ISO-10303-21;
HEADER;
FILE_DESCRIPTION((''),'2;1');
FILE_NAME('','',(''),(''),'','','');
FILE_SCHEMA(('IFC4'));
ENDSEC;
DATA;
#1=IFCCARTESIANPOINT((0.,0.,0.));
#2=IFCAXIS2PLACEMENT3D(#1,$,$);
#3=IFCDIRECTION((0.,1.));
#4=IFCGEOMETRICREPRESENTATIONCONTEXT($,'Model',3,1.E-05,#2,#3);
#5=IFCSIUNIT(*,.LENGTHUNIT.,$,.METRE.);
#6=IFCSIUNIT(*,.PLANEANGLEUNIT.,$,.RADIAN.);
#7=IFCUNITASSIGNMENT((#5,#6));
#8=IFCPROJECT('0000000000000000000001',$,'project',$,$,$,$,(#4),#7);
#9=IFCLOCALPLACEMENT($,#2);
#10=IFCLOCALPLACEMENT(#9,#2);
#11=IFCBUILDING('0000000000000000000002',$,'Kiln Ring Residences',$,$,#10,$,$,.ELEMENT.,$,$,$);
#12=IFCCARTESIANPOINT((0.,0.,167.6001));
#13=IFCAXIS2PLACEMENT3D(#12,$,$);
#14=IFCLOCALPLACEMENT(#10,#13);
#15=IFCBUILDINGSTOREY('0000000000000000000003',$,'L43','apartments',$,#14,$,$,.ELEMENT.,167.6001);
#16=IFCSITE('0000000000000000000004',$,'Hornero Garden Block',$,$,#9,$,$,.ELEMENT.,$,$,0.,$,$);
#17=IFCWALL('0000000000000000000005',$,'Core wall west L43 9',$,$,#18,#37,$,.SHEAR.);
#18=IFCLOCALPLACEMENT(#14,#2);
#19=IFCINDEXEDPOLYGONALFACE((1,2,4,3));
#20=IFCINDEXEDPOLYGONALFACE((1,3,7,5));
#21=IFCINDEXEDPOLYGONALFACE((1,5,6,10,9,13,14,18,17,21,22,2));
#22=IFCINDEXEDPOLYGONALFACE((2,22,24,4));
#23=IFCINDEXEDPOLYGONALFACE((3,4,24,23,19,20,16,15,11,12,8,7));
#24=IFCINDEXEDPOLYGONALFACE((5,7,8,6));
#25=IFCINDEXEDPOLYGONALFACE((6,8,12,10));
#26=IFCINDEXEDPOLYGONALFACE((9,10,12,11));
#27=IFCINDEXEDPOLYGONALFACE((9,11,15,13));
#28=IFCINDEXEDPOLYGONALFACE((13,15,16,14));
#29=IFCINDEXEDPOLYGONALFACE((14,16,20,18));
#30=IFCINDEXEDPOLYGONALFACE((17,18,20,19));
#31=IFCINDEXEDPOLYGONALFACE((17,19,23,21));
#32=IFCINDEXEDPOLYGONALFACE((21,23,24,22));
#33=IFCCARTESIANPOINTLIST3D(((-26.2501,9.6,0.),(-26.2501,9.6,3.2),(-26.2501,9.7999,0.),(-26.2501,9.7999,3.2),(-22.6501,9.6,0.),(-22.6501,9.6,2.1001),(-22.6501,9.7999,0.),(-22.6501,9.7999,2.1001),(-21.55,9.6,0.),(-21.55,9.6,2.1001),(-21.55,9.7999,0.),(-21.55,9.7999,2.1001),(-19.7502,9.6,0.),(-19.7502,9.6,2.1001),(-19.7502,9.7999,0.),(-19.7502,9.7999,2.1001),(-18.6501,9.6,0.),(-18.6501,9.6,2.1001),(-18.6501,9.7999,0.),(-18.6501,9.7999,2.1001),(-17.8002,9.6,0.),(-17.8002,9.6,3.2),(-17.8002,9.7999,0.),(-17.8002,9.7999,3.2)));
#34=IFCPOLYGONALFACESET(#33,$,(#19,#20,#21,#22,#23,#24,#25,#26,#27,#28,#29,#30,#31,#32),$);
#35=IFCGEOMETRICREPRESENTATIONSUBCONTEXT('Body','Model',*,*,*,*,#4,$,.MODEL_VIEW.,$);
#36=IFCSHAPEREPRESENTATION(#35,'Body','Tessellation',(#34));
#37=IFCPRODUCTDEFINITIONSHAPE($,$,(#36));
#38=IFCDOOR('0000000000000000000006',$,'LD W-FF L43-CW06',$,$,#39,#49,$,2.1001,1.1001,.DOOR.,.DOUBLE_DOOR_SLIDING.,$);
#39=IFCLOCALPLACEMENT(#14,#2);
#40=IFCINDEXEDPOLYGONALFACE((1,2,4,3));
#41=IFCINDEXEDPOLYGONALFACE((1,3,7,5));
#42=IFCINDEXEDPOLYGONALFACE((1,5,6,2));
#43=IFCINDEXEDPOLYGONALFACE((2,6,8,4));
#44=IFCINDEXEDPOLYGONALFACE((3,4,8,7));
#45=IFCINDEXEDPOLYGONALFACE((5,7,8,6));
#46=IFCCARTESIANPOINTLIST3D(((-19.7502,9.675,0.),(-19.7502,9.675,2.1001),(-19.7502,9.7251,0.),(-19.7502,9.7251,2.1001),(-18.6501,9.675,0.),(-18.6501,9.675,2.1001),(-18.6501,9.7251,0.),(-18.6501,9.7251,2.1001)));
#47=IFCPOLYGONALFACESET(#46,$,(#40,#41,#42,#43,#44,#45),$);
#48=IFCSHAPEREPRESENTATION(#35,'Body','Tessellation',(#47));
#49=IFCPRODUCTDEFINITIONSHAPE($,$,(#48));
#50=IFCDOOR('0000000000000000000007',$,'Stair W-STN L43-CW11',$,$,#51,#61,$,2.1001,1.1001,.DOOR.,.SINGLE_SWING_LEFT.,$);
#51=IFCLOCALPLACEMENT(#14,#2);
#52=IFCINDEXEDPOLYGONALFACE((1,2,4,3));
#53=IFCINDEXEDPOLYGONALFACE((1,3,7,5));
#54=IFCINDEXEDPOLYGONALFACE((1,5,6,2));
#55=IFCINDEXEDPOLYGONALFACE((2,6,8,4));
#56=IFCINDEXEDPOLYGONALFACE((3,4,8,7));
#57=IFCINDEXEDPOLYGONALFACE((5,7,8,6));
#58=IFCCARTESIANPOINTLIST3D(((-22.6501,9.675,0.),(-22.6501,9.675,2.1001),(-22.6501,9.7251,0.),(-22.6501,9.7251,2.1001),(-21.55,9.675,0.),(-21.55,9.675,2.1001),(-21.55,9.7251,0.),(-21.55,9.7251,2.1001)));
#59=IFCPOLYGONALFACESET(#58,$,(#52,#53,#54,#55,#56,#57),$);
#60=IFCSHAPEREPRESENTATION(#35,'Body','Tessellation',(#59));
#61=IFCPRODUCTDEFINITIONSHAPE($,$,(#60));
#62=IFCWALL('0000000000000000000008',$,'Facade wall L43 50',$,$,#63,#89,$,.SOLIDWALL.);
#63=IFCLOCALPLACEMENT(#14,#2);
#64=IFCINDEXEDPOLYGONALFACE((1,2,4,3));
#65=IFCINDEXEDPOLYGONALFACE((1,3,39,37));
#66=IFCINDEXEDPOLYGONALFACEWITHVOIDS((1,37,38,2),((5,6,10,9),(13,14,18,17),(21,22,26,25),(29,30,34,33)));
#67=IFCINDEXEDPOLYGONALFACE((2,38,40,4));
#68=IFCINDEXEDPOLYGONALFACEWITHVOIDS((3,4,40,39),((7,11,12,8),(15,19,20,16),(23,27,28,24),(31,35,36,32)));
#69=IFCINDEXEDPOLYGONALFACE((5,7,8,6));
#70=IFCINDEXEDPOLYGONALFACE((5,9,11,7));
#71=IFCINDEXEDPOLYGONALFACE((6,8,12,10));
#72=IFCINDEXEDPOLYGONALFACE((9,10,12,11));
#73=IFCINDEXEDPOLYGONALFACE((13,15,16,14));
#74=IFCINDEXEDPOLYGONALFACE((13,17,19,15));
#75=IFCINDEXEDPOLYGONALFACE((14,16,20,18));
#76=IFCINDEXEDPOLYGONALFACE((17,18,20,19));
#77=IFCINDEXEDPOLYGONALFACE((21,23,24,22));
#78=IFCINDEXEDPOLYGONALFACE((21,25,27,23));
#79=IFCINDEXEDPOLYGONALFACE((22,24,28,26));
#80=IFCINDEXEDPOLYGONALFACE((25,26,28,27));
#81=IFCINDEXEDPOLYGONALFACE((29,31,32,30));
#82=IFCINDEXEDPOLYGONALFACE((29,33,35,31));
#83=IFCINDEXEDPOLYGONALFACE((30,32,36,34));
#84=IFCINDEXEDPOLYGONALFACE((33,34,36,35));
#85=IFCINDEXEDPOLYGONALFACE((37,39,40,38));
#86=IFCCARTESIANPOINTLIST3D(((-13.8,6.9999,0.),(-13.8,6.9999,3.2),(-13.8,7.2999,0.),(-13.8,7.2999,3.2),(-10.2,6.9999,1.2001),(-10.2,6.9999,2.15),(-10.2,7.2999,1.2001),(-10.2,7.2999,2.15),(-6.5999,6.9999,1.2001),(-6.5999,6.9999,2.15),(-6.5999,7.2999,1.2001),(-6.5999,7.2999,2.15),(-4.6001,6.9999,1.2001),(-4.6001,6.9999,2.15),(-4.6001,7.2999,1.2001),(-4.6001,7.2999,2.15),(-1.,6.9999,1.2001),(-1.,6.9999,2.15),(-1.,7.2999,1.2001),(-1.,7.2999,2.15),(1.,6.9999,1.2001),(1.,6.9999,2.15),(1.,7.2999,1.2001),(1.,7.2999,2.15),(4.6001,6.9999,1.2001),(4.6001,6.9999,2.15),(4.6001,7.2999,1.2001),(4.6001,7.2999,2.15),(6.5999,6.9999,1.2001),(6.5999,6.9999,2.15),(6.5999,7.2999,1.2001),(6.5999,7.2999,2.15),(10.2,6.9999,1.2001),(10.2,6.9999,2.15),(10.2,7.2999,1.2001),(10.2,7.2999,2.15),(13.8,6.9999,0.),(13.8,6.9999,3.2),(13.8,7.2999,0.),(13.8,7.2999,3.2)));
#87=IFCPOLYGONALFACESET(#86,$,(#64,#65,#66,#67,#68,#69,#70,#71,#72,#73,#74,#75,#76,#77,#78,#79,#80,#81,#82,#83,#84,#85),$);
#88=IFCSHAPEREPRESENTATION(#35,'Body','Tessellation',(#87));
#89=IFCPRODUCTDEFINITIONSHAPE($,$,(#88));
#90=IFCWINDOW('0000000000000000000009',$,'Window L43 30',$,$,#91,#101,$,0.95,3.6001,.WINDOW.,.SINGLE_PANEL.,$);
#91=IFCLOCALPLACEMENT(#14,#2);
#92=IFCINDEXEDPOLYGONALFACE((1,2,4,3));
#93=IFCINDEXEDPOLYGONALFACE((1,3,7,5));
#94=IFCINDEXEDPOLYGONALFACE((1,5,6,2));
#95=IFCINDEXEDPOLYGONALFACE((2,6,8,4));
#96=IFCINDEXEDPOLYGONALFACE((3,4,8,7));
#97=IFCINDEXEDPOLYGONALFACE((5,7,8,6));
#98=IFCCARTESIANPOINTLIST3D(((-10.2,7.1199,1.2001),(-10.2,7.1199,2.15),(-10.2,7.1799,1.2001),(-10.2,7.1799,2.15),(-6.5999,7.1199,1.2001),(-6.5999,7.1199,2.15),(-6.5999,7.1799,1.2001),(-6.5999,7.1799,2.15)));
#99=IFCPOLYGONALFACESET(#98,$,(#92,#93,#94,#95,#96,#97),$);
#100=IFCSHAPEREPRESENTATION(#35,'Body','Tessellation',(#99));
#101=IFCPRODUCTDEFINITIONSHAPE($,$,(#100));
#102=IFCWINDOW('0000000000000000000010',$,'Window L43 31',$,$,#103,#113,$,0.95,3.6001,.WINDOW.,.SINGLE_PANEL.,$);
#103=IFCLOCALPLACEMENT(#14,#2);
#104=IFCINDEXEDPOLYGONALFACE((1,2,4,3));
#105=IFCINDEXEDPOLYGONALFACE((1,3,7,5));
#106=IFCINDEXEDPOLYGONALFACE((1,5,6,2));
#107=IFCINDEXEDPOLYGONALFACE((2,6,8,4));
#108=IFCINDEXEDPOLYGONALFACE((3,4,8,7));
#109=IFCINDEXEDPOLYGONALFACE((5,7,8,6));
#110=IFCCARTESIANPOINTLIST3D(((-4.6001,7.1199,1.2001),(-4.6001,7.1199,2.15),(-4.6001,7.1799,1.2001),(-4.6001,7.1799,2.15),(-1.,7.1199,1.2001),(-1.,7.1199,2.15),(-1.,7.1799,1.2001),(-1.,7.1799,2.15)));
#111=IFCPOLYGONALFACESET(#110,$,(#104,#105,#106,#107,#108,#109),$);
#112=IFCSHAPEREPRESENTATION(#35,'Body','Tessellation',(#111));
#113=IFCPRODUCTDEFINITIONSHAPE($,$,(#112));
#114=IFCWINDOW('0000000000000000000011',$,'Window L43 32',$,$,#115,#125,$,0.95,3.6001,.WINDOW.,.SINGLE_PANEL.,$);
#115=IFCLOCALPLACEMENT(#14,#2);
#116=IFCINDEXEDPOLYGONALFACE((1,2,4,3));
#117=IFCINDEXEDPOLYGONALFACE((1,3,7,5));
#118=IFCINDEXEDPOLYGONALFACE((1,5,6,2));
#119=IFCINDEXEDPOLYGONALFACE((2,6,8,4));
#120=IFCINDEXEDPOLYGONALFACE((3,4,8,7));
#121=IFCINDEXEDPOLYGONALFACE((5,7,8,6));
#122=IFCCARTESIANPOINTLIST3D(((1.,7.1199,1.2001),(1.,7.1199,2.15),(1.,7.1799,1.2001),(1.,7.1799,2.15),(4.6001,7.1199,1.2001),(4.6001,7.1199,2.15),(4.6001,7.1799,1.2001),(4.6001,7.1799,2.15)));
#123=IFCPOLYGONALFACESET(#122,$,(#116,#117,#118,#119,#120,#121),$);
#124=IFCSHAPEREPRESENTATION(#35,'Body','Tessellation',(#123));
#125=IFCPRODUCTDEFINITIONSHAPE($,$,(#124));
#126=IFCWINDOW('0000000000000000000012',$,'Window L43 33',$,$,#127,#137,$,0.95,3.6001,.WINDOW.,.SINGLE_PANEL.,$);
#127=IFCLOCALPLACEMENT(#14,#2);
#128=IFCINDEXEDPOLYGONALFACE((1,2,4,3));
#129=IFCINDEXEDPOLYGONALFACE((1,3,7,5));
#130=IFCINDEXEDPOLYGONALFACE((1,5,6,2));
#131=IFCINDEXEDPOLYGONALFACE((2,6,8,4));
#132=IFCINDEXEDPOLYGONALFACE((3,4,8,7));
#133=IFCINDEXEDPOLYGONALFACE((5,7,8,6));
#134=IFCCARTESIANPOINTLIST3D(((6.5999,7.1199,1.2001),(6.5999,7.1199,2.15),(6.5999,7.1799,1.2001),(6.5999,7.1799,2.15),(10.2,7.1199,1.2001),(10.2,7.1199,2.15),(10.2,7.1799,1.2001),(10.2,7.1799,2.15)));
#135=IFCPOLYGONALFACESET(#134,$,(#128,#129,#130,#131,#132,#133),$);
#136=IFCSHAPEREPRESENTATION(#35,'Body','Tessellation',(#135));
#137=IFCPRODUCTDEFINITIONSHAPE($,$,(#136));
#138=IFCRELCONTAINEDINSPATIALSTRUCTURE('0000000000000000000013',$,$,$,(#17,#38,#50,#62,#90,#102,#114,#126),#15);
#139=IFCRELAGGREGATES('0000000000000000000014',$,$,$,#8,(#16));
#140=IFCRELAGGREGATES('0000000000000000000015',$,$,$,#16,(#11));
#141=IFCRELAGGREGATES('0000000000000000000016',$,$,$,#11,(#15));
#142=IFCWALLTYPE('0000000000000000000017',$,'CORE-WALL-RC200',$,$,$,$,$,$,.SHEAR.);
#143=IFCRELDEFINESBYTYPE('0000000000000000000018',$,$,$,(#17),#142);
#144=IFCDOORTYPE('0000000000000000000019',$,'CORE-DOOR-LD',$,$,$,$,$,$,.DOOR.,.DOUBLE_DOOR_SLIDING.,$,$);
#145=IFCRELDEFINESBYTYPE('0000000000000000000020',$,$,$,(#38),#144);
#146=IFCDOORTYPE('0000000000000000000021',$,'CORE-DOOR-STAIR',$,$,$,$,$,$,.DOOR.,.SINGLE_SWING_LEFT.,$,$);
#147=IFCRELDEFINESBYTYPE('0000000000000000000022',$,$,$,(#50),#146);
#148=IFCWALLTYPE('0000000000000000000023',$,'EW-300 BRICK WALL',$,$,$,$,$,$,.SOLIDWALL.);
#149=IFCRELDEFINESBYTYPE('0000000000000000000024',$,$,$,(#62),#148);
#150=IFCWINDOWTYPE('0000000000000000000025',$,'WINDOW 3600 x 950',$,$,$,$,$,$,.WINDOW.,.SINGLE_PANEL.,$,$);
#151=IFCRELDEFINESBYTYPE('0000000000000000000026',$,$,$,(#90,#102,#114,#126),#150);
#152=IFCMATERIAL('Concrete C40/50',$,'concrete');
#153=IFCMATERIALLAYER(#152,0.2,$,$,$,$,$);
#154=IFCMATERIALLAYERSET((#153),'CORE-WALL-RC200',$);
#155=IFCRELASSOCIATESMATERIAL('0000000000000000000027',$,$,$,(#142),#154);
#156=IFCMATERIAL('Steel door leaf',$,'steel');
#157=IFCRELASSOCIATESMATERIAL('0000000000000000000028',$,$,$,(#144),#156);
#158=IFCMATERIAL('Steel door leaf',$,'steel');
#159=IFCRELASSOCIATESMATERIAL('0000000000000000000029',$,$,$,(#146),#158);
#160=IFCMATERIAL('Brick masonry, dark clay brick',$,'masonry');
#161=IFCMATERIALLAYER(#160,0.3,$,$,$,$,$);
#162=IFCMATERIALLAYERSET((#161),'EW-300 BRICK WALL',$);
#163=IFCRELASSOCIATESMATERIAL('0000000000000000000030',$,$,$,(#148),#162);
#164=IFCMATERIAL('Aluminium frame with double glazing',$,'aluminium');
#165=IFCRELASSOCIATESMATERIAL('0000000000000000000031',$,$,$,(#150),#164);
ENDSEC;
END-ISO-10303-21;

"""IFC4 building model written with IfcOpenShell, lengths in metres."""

from ifc_helpers import new_model, si_unit, direction, frame, frame_2d, origin, place, context, subcontext, project, spatial, rectangle, extrude, material, layer, layer_set, type_object, element, fill, save


model = new_model("IFC4")

# Units and contexts
model_context = context("Model", 3, precision=1e-05, world=origin(), true_north=direction((0.0, 1.0)))
body_context = subcontext(model_context, "Body", "Model", "MODEL_VIEW")
ifc_project = project(units=[si_unit("LENGTHUNIT", "METRE"), si_unit("PLANEANGLEUNIT", "RADIAN")], contexts=[model_context])

# Site, building, storey
site_placement = place(None, origin())
site = spatial("IfcSite", under=ifc_project, at=site_placement, Name="Hornero Garden Block", CompositionType="ELEMENT", RefElevation=0.0)
building_placement = place(site_placement, origin())
building = spatial("IfcBuilding", under=site, at=building_placement, Name="Kiln Ring Residences", CompositionType="ELEMENT")
storey_placement = place(building_placement, frame((0.0, 0.0, 167.6001)))
storey = spatial("IfcBuildingStorey", under=building, at=storey_placement, Name="L43", Description="apartments", CompositionType="ELEMENT", Elevation=167.6001)

# Wall, openings, doors
ifc_material_1 = material(Name="Concrete C40/50", Category="concrete")
ifc_layer_1 = layer(ifc_material_1, 0.2)
ifc_layer_set_1 = layer_set([ifc_layer_1], Name="CORE-WALL-RC200")
wall_type_1 = type_object("IfcWallType", Name="CORE-WALL-RC200", PredefinedType="SHEAR", material=ifc_layer_set_1)
wall_1_placement = place(storey_placement, frame((-17.8, 9.7, 0.0), z_axis=(0.0, 0.0, 1.0), x_axis=(-1.0, 0.0, 0.0)))
wall_1 = element("IfcWall", 1, at=wall_1_placement, inside=storey, type_object=wall_type_1, Name="Core wall west L43 9", PredefinedType="SHEAR", context=body_context, shape_type="SweptSolid", body=[
    extrude(rectangle(XDim=8.45, YDim=0.2, at=frame_2d((4.2251, 0.0))), origin(), (0.0, 0.0, 1.0), 3.2),
])
opening_1_placement = place(wall_1_placement, frame((0.8501, 0.0, 0.0)))
opening_1 = element("IfcOpeningElement", 2, at=opening_1_placement, cuts=wall_1, PredefinedType="OPENING", context=body_context, shape_type="SweptSolid", body=[
    extrude(rectangle(XDim=1.1001, YDim=2.1001, at=frame_2d((0.55, 1.05))), frame((0.0, 0.1099, 0.0), z_axis=(0.0, -1.0, 0.0), x_axis=(1.0, 0.0, 0.0)), (0.0, 0.0, 1.0), 0.22),
])
opening_2_placement = place(wall_1_placement, frame((3.75, 0.0, 0.0)))
opening_2 = element("IfcOpeningElement", 3, at=opening_2_placement, cuts=wall_1, PredefinedType="OPENING", context=body_context, shape_type="SweptSolid", body=[
    extrude(rectangle(XDim=1.1001, YDim=2.1001, at=frame_2d((0.55, 1.05))), frame((0.0, 0.1099, 0.0), z_axis=(0.0, -1.0, 0.0), x_axis=(1.0, 0.0, 0.0)), (0.0, 0.0, 1.0), 0.22),
])
ifc_material_2 = material(Name="Steel door leaf", Category="steel")
door_type_1 = type_object("IfcDoorType", Name="CORE-DOOR-LD", OperationType="DOUBLE_DOOR_SLIDING", PredefinedType="DOOR", material=ifc_material_2)
door_1_placement = place(opening_1_placement, origin())
door_1 = element("IfcDoor", 4, at=door_1_placement, inside=storey, type_object=door_type_1, Name="LD W-FF L43-CW06", OperationType="DOUBLE_DOOR_SLIDING", OverallHeight=2.1001, OverallWidth=1.1001, PredefinedType="DOOR", context=body_context, shape_type="SweptSolid", body=[
    extrude(rectangle(XDim=1.1001, YDim=2.1001, at=frame_2d((0.55, 1.05))), frame((0.0, 0.0249, 0.0), z_axis=(0.0, -1.0, 0.0), x_axis=(1.0, 0.0, 0.0)), (0.0, 0.0, 1.0), 0.05),
])
fill(opening_1, door_1)
ifc_material_3 = material(Name="Steel door leaf", Category="steel")
door_type_2 = type_object("IfcDoorType", Name="CORE-DOOR-STAIR", OperationType="SINGLE_SWING_LEFT", PredefinedType="DOOR", material=ifc_material_3)
door_2_placement = place(opening_2_placement, origin())
door_2 = element("IfcDoor", 5, at=door_2_placement, inside=storey, type_object=door_type_2, Name="Stair W-STN L43-CW11", OperationType="SINGLE_SWING_LEFT", OverallHeight=2.1001, OverallWidth=1.1001, PredefinedType="DOOR", context=body_context, shape_type="SweptSolid", body=[
    extrude(rectangle(XDim=1.1001, YDim=2.1001, at=frame_2d((0.55, 1.05))), frame((0.0, 0.0249, 0.0), z_axis=(0.0, -1.0, 0.0), x_axis=(1.0, 0.0, 0.0)), (0.0, 0.0, 1.0), 0.05),
])
fill(opening_2, door_2)

# Wall, openings, windows
ifc_material_4 = material(Name="Brick masonry, dark clay brick", Category="masonry")
ifc_layer_2 = layer(ifc_material_4, 0.3)
ifc_layer_set_2 = layer_set([ifc_layer_2], Name="EW-300 BRICK WALL")
wall_type_2 = type_object("IfcWallType", Name="EW-300 BRICK WALL", PredefinedType="SOLIDWALL", material=ifc_layer_set_2)
wall_2_placement = place(storey_placement, frame((-13.8, 7.1499, 0.0), z_axis=(0.0, 0.0, 1.0), x_axis=(1.0, 0.0, 0.0)))
wall_2 = element("IfcWall", 6, at=wall_2_placement, inside=storey, type_object=wall_type_2, Name="Facade wall L43 50", PredefinedType="SOLIDWALL", context=body_context, shape_type="SweptSolid", body=[
    extrude(rectangle(XDim=27.6001, YDim=0.3, at=frame_2d((13.8, 0.0))), origin(), (0.0, 0.0, 1.0), 3.2),
])
opening_3_placement = place(wall_2_placement, frame((3.6001, 0.0, 1.2)))
opening_3 = element("IfcOpeningElement", 7, at=opening_3_placement, cuts=wall_2, PredefinedType="OPENING", context=body_context, shape_type="SweptSolid", body=[
    extrude(rectangle(XDim=3.6001, YDim=0.95, at=frame_2d((1.8, 0.4751))), frame((0.0, 0.1599, 0.0), z_axis=(0.0, -1.0, 0.0), x_axis=(1.0, 0.0, 0.0)), (0.0, 0.0, 1.0), 0.3201),
])
opening_4_placement = place(wall_2_placement, frame((9.2, 0.0, 1.2)))
opening_4 = element("IfcOpeningElement", 8, at=opening_4_placement, cuts=wall_2, PredefinedType="OPENING", context=body_context, shape_type="SweptSolid", body=[
    extrude(rectangle(XDim=3.6001, YDim=0.95, at=frame_2d((1.8, 0.4751))), frame((0.0, 0.1599, 0.0), z_axis=(0.0, -1.0, 0.0), x_axis=(1.0, 0.0, 0.0)), (0.0, 0.0, 1.0), 0.3201),
])
opening_5_placement = place(wall_2_placement, frame((14.8, 0.0, 1.2)))
opening_5 = element("IfcOpeningElement", 9, at=opening_5_placement, cuts=wall_2, PredefinedType="OPENING", context=body_context, shape_type="SweptSolid", body=[
    extrude(rectangle(XDim=3.6001, YDim=0.95, at=frame_2d((1.8, 0.4751))), frame((0.0, 0.1599, 0.0), z_axis=(0.0, -1.0, 0.0), x_axis=(1.0, 0.0, 0.0)), (0.0, 0.0, 1.0), 0.3201),
])
opening_6_placement = place(wall_2_placement, frame((20.3999, 0.0, 1.2)))
opening_6 = element("IfcOpeningElement", 10, at=opening_6_placement, cuts=wall_2, PredefinedType="OPENING", context=body_context, shape_type="SweptSolid", body=[
    extrude(rectangle(XDim=3.6001, YDim=0.95, at=frame_2d((1.8, 0.4751))), frame((0.0, 0.1599, 0.0), z_axis=(0.0, -1.0, 0.0), x_axis=(1.0, 0.0, 0.0)), (0.0, 0.0, 1.0), 0.3201),
])
ifc_material_5 = material(Name="Aluminium frame with double glazing", Category="aluminium")
window_type = type_object("IfcWindowType", Name="WINDOW 3600 x 950", PartitioningType="SINGLE_PANEL", PredefinedType="WINDOW", material=ifc_material_5)
window_1_placement = place(opening_3_placement, origin())
window_1 = element("IfcWindow", 11, at=window_1_placement, inside=storey, type_object=window_type, Name="Window L43 30", OverallHeight=0.95, OverallWidth=3.6001, PartitioningType="SINGLE_PANEL", PredefinedType="WINDOW", context=body_context, shape_type="SweptSolid", body=[
    extrude(rectangle(XDim=3.6001, YDim=0.95, at=frame_2d((1.8, 0.4751))), frame((0.0, 0.03, 0.0), z_axis=(0.0, -1.0, 0.0), x_axis=(1.0, 0.0, 0.0)), (0.0, 0.0, 1.0), 0.0601),
])
fill(opening_3, window_1)
window_2_placement = place(opening_4_placement, origin())
window_2 = element("IfcWindow", 12, at=window_2_placement, inside=storey, type_object=window_type, Name="Window L43 31", OverallHeight=0.95, OverallWidth=3.6001, PartitioningType="SINGLE_PANEL", PredefinedType="WINDOW", context=body_context, shape_type="SweptSolid", body=[
    extrude(rectangle(XDim=3.6001, YDim=0.95, at=frame_2d((1.8, 0.4751))), frame((0.0, 0.03, 0.0), z_axis=(0.0, -1.0, 0.0), x_axis=(1.0, 0.0, 0.0)), (0.0, 0.0, 1.0), 0.0601),
])
fill(opening_4, window_2)
window_3_placement = place(opening_5_placement, origin())
window_3 = element("IfcWindow", 13, at=window_3_placement, inside=storey, type_object=window_type, Name="Window L43 32", OverallHeight=0.95, OverallWidth=3.6001, PartitioningType="SINGLE_PANEL", PredefinedType="WINDOW", context=body_context, shape_type="SweptSolid", body=[
    extrude(rectangle(XDim=3.6001, YDim=0.95, at=frame_2d((1.8, 0.4751))), frame((0.0, 0.03, 0.0), z_axis=(0.0, -1.0, 0.0), x_axis=(1.0, 0.0, 0.0)), (0.0, 0.0, 1.0), 0.0601),
])
fill(opening_5, window_3)
window_4_placement = place(opening_6_placement, origin())
window_4 = element("IfcWindow", 14, at=window_4_placement, inside=storey, type_object=window_type, Name="Window L43 33", OverallHeight=0.95, OverallWidth=3.6001, PartitioningType="SINGLE_PANEL", PredefinedType="WINDOW", context=body_context, shape_type="SweptSolid", body=[
    extrude(rectangle(XDim=3.6001, YDim=0.95, at=frame_2d((1.8, 0.4751))), frame((0.0, 0.03, 0.0), z_axis=(0.0, -1.0, 0.0), x_axis=(1.0, 0.0, 0.0)), (0.0, 0.0, 1.0), 0.0601),
])
fill(opening_6, window_4)

save(model, "model.ifc")
